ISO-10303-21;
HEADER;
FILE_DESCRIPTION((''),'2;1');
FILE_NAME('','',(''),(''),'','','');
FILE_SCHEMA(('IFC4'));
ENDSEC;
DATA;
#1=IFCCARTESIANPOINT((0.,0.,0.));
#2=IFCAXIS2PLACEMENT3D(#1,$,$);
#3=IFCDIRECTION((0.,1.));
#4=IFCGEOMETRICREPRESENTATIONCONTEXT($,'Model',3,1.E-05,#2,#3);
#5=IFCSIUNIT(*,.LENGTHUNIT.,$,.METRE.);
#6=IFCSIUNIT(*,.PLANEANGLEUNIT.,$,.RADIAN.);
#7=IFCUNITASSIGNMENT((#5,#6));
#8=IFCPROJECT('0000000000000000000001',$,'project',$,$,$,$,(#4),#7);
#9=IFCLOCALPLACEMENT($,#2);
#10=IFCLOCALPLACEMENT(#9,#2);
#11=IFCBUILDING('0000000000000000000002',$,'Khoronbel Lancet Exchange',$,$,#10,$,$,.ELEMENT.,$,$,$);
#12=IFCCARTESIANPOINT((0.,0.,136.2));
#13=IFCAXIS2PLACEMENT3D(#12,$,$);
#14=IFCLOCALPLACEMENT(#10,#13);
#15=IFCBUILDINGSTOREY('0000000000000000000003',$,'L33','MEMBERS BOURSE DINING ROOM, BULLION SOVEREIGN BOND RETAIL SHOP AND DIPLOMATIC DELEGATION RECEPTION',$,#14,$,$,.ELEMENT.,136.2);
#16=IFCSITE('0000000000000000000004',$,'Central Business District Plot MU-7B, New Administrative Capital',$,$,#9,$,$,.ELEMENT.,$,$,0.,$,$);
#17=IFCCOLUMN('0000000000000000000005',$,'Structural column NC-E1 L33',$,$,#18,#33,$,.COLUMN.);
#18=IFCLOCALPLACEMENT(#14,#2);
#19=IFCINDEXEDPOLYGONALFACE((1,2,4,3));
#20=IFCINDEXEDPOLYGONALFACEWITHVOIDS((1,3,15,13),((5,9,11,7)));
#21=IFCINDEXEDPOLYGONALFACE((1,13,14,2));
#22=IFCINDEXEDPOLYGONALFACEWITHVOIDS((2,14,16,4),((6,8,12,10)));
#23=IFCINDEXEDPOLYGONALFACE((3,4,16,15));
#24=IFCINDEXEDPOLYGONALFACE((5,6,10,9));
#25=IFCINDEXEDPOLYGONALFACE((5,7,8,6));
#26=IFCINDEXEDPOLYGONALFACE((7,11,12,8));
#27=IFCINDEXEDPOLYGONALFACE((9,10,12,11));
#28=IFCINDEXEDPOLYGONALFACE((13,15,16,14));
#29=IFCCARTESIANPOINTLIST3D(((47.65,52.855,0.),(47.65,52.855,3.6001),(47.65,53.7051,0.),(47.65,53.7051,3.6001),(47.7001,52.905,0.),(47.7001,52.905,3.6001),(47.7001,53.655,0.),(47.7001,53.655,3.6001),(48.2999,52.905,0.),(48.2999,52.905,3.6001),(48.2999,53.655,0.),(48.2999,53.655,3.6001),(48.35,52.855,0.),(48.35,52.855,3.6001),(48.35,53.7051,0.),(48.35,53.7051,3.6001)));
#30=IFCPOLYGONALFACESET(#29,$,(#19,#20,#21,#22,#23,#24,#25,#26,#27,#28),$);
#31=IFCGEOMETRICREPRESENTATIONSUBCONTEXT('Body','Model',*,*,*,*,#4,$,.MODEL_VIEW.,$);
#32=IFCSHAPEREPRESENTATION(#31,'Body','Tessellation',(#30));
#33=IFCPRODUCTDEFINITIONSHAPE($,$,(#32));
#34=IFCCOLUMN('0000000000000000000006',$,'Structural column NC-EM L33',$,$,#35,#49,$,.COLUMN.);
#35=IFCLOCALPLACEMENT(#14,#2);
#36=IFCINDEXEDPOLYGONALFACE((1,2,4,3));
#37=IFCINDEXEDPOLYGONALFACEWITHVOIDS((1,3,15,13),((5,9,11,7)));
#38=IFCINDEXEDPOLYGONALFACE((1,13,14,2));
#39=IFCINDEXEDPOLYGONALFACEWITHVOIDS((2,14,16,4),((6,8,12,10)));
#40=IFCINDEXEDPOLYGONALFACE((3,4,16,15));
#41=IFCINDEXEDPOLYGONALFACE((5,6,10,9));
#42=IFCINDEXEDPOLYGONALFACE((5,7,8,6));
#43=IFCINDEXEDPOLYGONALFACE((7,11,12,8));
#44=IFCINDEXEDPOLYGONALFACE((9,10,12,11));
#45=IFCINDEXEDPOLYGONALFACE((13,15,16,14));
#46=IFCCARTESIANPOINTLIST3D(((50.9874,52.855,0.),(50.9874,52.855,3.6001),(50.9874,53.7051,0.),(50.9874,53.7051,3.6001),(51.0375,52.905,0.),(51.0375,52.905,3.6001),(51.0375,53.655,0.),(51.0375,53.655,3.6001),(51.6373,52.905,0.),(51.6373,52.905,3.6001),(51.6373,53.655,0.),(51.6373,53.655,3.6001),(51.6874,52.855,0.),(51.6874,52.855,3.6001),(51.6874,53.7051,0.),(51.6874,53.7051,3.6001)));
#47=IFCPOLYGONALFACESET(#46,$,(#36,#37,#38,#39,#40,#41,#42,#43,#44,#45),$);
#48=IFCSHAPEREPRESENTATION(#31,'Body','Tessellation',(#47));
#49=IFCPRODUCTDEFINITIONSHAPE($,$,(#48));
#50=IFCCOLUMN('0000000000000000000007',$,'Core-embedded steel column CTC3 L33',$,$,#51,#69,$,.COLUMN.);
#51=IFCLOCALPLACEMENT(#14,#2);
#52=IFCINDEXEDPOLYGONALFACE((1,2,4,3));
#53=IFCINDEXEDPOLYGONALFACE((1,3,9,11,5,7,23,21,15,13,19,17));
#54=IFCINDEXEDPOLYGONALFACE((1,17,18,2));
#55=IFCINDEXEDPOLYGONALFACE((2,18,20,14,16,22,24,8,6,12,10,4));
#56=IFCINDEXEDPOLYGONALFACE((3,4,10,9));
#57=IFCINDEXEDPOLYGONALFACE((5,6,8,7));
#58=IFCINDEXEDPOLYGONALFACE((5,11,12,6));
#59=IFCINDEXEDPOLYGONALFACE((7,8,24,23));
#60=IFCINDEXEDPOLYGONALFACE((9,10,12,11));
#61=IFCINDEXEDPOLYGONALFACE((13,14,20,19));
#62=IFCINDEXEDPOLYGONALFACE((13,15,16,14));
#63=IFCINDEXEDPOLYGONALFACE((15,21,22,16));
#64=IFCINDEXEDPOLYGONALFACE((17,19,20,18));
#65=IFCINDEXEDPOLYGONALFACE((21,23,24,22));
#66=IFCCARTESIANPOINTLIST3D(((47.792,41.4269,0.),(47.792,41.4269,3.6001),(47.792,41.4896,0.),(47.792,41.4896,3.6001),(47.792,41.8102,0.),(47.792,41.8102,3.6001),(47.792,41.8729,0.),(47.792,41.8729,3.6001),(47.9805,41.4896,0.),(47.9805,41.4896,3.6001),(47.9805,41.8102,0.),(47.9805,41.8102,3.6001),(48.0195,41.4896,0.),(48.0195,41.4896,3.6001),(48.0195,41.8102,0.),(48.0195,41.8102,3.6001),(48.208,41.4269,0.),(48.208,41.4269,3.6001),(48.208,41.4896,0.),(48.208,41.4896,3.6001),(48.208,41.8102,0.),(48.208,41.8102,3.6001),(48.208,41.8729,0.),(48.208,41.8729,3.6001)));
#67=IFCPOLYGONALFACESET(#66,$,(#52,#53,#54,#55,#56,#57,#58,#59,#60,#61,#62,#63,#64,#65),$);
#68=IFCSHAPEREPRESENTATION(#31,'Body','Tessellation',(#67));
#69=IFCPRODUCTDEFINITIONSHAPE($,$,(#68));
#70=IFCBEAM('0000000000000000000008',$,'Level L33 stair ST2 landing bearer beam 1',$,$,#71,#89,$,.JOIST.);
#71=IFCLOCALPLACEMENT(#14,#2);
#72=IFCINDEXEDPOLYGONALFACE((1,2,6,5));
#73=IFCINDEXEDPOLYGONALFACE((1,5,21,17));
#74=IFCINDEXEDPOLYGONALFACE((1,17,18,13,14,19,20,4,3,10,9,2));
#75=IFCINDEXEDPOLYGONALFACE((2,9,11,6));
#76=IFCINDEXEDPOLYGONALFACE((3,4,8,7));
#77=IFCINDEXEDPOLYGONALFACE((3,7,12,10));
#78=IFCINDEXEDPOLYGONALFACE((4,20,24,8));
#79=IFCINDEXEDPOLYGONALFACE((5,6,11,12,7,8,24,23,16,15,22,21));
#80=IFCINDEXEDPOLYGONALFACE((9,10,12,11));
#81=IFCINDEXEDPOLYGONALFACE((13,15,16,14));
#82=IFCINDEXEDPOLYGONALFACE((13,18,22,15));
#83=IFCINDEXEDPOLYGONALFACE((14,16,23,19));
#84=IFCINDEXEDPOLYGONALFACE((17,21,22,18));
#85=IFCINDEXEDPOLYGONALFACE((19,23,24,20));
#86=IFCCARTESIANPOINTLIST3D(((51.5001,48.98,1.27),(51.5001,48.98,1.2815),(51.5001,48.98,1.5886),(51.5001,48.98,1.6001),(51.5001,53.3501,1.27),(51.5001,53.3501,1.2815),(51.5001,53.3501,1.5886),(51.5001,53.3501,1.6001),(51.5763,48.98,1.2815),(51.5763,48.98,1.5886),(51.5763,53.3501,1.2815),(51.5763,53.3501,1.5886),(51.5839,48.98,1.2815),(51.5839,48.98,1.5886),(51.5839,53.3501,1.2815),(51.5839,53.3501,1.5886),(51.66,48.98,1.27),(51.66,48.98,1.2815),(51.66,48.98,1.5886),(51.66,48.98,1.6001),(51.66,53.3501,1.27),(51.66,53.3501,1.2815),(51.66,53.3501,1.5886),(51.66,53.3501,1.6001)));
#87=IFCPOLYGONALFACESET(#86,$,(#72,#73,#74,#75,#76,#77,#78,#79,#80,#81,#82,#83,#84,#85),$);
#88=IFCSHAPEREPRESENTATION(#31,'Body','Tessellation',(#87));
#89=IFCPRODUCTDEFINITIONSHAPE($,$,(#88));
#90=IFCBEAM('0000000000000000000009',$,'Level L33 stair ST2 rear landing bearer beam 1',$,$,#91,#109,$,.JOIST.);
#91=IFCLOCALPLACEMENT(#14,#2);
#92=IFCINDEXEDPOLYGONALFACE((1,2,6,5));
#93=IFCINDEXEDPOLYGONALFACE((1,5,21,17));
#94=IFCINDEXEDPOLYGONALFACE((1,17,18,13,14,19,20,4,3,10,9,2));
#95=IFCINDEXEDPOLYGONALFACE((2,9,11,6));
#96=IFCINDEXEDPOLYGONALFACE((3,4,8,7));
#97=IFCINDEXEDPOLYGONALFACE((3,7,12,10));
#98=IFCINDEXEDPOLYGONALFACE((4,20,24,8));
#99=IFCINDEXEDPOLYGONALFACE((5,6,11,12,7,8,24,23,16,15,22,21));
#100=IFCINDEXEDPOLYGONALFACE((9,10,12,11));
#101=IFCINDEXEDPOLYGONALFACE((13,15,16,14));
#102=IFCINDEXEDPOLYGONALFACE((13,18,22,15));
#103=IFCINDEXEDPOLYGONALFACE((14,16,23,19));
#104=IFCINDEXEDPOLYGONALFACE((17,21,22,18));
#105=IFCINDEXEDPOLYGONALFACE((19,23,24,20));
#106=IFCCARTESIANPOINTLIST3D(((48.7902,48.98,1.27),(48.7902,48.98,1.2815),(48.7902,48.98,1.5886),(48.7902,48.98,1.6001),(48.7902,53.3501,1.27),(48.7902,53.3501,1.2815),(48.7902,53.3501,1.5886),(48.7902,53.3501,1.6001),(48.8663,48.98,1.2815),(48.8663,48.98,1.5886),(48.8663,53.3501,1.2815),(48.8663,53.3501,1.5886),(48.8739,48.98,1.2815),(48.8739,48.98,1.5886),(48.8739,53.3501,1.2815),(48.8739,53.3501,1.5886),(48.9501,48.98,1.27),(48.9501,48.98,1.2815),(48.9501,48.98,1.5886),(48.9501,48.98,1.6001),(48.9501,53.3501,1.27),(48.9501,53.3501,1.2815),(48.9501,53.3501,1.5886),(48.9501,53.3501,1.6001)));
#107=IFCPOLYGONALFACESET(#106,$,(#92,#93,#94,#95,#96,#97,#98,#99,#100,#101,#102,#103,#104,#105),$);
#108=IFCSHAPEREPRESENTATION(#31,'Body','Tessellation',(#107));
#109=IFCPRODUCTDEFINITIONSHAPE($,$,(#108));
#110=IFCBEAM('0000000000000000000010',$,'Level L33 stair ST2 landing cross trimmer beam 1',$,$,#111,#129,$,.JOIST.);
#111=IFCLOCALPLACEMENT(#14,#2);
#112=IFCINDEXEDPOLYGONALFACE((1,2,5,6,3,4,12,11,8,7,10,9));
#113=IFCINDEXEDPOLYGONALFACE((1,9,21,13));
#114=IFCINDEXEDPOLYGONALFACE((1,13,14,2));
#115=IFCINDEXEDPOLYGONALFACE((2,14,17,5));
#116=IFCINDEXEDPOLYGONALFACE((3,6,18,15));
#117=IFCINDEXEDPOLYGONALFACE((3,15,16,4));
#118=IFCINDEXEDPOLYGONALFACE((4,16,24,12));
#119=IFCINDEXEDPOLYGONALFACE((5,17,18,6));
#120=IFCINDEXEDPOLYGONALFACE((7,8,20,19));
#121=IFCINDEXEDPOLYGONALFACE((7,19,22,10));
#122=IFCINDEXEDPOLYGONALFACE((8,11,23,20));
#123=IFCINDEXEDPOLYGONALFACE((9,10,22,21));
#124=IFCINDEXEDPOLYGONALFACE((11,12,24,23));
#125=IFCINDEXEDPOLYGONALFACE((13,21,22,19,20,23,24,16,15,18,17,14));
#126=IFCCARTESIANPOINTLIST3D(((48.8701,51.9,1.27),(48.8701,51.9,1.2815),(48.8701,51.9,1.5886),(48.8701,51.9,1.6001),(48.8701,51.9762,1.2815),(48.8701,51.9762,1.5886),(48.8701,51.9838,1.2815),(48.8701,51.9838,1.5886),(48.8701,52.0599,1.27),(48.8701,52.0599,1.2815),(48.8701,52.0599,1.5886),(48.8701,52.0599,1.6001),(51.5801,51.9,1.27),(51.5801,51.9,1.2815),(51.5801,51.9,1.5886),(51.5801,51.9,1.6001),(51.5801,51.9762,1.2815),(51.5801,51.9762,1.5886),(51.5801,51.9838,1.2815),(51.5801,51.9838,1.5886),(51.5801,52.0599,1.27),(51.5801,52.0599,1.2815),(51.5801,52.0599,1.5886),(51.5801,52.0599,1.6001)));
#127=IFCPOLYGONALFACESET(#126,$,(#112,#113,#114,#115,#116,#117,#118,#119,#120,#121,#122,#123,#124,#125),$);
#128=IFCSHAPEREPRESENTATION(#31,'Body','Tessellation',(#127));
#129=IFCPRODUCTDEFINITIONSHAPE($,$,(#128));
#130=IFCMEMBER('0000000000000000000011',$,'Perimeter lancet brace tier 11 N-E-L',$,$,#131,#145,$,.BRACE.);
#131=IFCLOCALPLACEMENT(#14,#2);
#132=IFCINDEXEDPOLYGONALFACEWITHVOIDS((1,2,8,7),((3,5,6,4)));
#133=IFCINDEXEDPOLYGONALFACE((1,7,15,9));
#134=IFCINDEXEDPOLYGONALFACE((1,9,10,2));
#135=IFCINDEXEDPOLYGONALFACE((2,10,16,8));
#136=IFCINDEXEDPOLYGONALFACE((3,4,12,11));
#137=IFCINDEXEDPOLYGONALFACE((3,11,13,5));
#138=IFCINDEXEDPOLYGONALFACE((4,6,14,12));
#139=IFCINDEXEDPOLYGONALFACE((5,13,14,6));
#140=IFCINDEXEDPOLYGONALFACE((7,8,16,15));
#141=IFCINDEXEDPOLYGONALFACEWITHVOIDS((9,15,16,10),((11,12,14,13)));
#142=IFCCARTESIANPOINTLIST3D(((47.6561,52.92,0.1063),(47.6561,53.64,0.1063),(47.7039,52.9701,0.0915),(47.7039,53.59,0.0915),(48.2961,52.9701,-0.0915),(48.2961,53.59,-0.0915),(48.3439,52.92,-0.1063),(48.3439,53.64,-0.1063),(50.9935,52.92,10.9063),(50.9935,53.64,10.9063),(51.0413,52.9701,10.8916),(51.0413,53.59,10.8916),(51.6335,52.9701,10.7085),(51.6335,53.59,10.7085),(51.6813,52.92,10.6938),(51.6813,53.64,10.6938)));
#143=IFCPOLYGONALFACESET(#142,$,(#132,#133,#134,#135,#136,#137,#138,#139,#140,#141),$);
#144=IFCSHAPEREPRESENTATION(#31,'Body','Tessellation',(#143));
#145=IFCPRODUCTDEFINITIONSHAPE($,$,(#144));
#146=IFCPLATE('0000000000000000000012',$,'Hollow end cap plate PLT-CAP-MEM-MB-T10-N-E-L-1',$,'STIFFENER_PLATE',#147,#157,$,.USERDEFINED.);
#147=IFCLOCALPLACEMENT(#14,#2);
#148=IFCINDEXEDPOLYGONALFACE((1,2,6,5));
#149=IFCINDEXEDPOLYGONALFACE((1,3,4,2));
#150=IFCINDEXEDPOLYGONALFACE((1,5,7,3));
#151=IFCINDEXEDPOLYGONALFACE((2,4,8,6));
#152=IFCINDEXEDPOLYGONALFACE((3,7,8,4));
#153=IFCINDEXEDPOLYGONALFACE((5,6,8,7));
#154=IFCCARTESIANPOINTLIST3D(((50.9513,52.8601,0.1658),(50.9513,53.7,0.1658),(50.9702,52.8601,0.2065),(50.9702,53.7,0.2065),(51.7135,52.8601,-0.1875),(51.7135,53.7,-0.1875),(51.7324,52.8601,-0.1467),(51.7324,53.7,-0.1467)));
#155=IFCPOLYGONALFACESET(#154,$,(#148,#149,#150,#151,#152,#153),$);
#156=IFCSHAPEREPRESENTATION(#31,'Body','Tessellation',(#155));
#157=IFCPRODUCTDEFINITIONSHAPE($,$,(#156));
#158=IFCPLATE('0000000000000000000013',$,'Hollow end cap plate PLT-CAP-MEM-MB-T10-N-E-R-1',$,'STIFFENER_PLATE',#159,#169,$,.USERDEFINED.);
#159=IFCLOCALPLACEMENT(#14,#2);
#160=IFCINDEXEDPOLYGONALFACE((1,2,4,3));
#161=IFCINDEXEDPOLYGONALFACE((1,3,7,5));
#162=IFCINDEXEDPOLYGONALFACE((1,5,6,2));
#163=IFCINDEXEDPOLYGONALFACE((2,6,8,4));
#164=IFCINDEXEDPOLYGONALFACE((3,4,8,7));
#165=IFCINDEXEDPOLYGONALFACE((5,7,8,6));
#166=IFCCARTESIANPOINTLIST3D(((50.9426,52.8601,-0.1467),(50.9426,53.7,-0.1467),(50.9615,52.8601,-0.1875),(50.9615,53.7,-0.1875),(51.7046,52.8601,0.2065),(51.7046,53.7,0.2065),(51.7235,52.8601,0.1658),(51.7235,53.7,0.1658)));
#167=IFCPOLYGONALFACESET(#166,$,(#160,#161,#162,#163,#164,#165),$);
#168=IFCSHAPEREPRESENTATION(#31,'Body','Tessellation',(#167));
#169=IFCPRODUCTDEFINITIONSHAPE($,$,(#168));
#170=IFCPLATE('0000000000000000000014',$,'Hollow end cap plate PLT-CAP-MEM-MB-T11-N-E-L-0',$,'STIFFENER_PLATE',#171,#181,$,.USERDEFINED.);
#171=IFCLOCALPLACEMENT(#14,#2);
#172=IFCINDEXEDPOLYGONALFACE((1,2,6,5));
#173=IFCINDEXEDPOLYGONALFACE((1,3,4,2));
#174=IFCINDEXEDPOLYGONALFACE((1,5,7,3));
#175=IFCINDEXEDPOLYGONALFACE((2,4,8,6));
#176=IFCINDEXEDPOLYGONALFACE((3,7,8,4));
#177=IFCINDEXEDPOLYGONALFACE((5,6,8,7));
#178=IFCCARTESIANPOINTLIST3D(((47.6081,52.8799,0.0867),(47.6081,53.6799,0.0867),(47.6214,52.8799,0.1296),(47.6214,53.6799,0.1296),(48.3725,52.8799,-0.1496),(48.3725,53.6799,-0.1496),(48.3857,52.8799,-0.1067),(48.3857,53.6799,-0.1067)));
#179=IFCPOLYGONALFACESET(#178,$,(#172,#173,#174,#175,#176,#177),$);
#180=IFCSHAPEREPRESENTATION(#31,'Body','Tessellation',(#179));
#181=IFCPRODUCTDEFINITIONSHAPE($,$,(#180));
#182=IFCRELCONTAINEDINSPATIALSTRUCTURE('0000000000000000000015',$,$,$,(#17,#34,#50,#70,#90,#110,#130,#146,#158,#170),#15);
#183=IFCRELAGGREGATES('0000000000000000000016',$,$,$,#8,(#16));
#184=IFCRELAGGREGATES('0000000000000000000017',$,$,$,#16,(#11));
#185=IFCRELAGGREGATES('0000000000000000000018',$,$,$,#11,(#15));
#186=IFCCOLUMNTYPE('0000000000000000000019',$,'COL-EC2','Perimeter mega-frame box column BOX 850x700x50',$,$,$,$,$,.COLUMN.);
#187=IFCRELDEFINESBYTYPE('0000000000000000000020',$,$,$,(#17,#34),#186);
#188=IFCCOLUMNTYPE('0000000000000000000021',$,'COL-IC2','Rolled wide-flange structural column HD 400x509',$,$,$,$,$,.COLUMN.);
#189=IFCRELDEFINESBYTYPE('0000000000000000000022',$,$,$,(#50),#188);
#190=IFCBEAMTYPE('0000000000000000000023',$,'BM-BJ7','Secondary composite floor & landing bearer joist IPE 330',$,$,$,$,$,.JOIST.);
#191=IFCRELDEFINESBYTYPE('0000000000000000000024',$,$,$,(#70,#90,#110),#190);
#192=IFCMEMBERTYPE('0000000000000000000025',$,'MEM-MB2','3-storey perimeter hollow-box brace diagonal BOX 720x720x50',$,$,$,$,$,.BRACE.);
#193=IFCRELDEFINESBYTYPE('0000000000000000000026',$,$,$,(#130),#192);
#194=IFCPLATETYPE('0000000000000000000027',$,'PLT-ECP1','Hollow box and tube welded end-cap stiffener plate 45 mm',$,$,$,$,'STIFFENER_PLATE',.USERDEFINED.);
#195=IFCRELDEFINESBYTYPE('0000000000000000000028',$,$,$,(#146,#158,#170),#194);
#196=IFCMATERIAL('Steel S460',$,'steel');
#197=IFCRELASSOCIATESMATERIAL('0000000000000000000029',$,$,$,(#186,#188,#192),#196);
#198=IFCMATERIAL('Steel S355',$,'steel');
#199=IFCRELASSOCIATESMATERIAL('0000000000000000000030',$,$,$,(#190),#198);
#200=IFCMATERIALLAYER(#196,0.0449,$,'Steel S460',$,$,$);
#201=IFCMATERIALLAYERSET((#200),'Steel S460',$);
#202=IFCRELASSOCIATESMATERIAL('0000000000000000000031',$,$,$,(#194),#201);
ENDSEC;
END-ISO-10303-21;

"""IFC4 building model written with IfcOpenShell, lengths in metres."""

from ifc_helpers import new_model, si_unit, direction, frame, origin, origin_2d, place, context, subcontext, project, spatial, polyline, hollow_rectangle, i_section, outline, extrude, material, layer, layer_set, material_profile, profile_set, type_object, element, save


model = new_model("IFC4")

# Units and contexts
model_context = context("Model", 3, precision=1e-05, world=origin(), true_north=direction((0.0, 1.0)))
body_context = subcontext(model_context, "Body", "Model", "MODEL_VIEW")
ifc_project = project(units=[si_unit("LENGTHUNIT", "METRE"), si_unit("PLANEANGLEUNIT", "RADIAN")], contexts=[model_context])

# Site, building, storey
site_placement = place(None, origin())
site = spatial("IfcSite", under=ifc_project, at=site_placement, Name="Central Business District Plot MU-7B, New Administrative Capital", CompositionType="ELEMENT", RefElevation=0.0)
building_placement = place(site_placement, origin())
building = spatial("IfcBuilding", under=site, at=building_placement, Name="Khoronbel Lancet Exchange", CompositionType="ELEMENT")
storey_placement = place(building_placement, frame((0.0, 0.0, 136.2)))
storey = spatial("IfcBuildingStorey", under=building, at=storey_placement, Name="L33", Description="MEMBERS BOURSE DINING ROOM, BULLION SOVEREIGN BOND RETAIL SHOP AND DIPLOMATIC DELEGATION RECEPTION", CompositionType="ELEMENT", Elevation=136.2)

# Columns
ifc_material_1 = material(Name="Steel S460", Category="steel")
ifc_material_profile_1 = material_profile(ifc_material_1, hollow_rectangle(XDim=0.7, YDim=0.8501, WallThickness=0.05, at=origin_2d()), Name="BOX 850x700x50")
ifc_profile_set_1 = profile_set([ifc_material_profile_1], Name="Steel S460")
column_type_1 = type_object("IfcColumnType", Name="COL-EC2", Description="Perimeter mega-frame box column BOX 850x700x50", PredefinedType="COLUMN", material=ifc_profile_set_1)
for number, where, z_axis, x_axis, name in (
    (1, (48.0, 53.28, 0.0), (0.0, 0.0, 1.0), (1.0, 0.0, 0.0), "Structural column NC-E1 L33"),
    (2, (51.3374, 53.28, 0.0), (0.0, 0.0, 1.0), (1.0, 0.0, 0.0), "Structural column NC-EM L33"),
):
    element("IfcColumn", number, at=place(storey_placement, frame(where, z_axis=z_axis, x_axis=x_axis)), inside=storey, type_object=column_type_1, Name=name, PredefinedType="COLUMN", context=body_context, shape_type="SweptSolid", body=[
        extrude(hollow_rectangle(XDim=0.7, YDim=0.8501, WallThickness=0.05, at=origin_2d()), origin(), (0.0, 0.0, 1.0), 3.6001),
    ])
ifc_material_profile_2 = material_profile(ifc_material_1, i_section(OverallWidth=0.416, OverallDepth=0.446, WebThickness=0.0391, FlangeThickness=0.0627, at=origin_2d()), Name="HD 400x509")
ifc_profile_set_2 = profile_set([ifc_material_profile_2], Name="Steel S460")
column_type_2 = type_object("IfcColumnType", Name="COL-IC2", Description="Rolled wide-flange structural column HD 400x509", PredefinedType="COLUMN", material=ifc_profile_set_2)
column_placement = place(storey_placement, frame((48.0, 41.6499, 0.0), z_axis=(0.0, 0.0, 1.0), x_axis=(1.0, 0.0, 0.0)))
element("IfcColumn", 3, at=column_placement, inside=storey, type_object=column_type_2, Name="Core-embedded steel column CTC3 L33", PredefinedType="COLUMN", context=body_context, shape_type="SweptSolid", body=[
    extrude(i_section(OverallWidth=0.416, OverallDepth=0.446, WebThickness=0.0391, FlangeThickness=0.0627, at=origin_2d()), origin(), (0.0, 0.0, 1.0), 3.6001),
])

# Beams
ifc_material_2 = material(Name="Steel S355", Category="steel")
ifc_material_profile_3 = material_profile(ifc_material_2, i_section(OverallWidth=0.1599, OverallDepth=0.3301, WebThickness=0.0076, FlangeThickness=0.0115, at=origin_2d()), Name="IPE 330")
ifc_profile_set_3 = profile_set([ifc_material_profile_3], Name="Steel S355")
beam_type = type_object("IfcBeamType", Name="BM-BJ7", Description="Secondary composite floor & landing bearer joist IPE 330", PredefinedType="JOIST", material=ifc_profile_set_3)
for number, where, z_axis, x_axis, name in (
    (4, (51.5801, 48.98, 1.4351), (0.0, 1.0, 0.0), (-1.0, 0.0, 0.0), "Level L33 stair ST2 landing bearer beam 1"),
    (5, (48.8701, 48.98, 1.4351), (0.0, 1.0, 0.0), (-1.0, 0.0, 0.0), "Level L33 stair ST2 rear landing bearer beam 1"),
):
    element("IfcBeam", number, at=place(storey_placement, frame(where, z_axis=z_axis, x_axis=x_axis)), inside=storey, type_object=beam_type, Name=name, PredefinedType="JOIST", context=body_context, shape_type="SweptSolid", body=[
        extrude(i_section(OverallWidth=0.1599, OverallDepth=0.3301, WebThickness=0.0076, FlangeThickness=0.0115, at=origin_2d()), origin(), (0.0, 0.0, 1.0), 4.3701),
    ])
beam_placement = place(storey_placement, frame((48.8701, 51.98, 1.4351), z_axis=(1.0, 0.0, 0.0), x_axis=(0.0, 1.0, 0.0)))
element("IfcBeam", 6, at=beam_placement, inside=storey, type_object=beam_type, Name="Level L33 stair ST2 landing cross trimmer beam 1", PredefinedType="JOIST", context=body_context, shape_type="SweptSolid", body=[
    extrude(i_section(OverallWidth=0.1599, OverallDepth=0.3301, WebThickness=0.0076, FlangeThickness=0.0115, at=origin_2d()), origin(), (0.0, 0.0, 1.0), 2.71),
])

# Member
ifc_material_profile_4 = material_profile(ifc_material_1, hollow_rectangle(XDim=0.72, YDim=0.72, WallThickness=0.05, at=origin_2d()), Name="BOX 720x720x50")
ifc_profile_set_4 = profile_set([ifc_material_profile_4], Name="Steel S460")
member_type = type_object("IfcMemberType", Name="MEM-MB2", Description="3-storey perimeter hollow-box brace diagonal BOX 720x720x50", PredefinedType="BRACE", material=ifc_profile_set_4)
member_placement = place(storey_placement, frame((48.0, 53.28, 0.0), z_axis=(0.295242, 0.0, 0.955422), x_axis=(0.0, 1.0, 0.0)))
element("IfcMember", 7, at=member_placement, inside=storey, type_object=member_type, Name="Perimeter lancet brace tier 11 N-E-L", PredefinedType="BRACE", context=body_context, shape_type="SweptSolid", body=[
    extrude(hollow_rectangle(XDim=0.72, YDim=0.72, WallThickness=0.05, at=origin_2d()), origin(), (0.0, 0.0, 1.0), 11.304),
])

# Plates
ifc_layer_1 = layer(ifc_material_1, 0.0449, Name="Steel S460")
ifc_layer_set_1 = layer_set([ifc_layer_1], Name="Steel S460")
plate_type = type_object("IfcPlateType", Name="PLT-ECP1", Description="Hollow box and tube welded end-cap stiffener plate 45 mm", ElementType="STIFFENER_PLATE", PredefinedType="USERDEFINED", material=ifc_layer_set_1)
plate_1_placement = place(storey_placement, frame((51.7324, 52.8601, -0.1467), z_axis=(0.420514, 0.0, 0.907286), x_axis=(0.0, 1.0, 0.0)))
element("IfcPlate", 8, at=plate_1_placement, inside=storey, type_object=plate_type, Name="Hollow end cap plate PLT-CAP-MEM-MB-T10-N-E-L-1", ObjectType="STIFFENER_PLATE", PredefinedType="USERDEFINED", context=body_context, shape_type="SweptSolid", body=[
    extrude(outline(polyline([(0.0, 0.0), (0.8398, 0.0), (0.8398, 0.8401), (0.0, 0.8401), (0.0, 0.0)])), origin(), (0.0, 0.0, -1.0), 0.0449),
])
plate_2_placement = place(storey_placement, frame((50.9426, 53.7, -0.1467), z_axis=(-0.420624, 0.0, 0.907235), x_axis=(0.0, -1.0, 0.0)))
element("IfcPlate", 9, at=plate_2_placement, inside=storey, type_object=plate_type, Name="Hollow end cap plate PLT-CAP-MEM-MB-T10-N-E-R-1", ObjectType="STIFFENER_PLATE", PredefinedType="USERDEFINED", context=body_context, shape_type="SweptSolid", body=[
    extrude(outline(polyline([(0.0, 0.0), (0.8398, 0.0), (0.8398, 0.8398), (0.0, 0.8398), (0.0, 0.0)])), origin(), (0.0, 0.0, -1.0), 0.0449),
])
plate_3_placement = place(storey_placement, frame((48.3857, 52.8799, -0.1067), z_axis=(0.295372, 0.0, 0.955382), x_axis=(0.0, 1.0, 0.0)))
element("IfcPlate", 10, at=plate_3_placement, inside=storey, type_object=plate_type, Name="Hollow end cap plate PLT-CAP-MEM-MB-T11-N-E-L-0", ObjectType="STIFFENER_PLATE", PredefinedType="USERDEFINED", context=body_context, shape_type="SweptSolid", body=[
    extrude(outline(polyline([(0.0, 0.0), (0.8, 0.0), (0.8, 0.8), (0.0, 0.8), (0.0, 0.0)])), origin(), (0.0, 0.0, -1.0), 0.0449),
])

save(model, "model.ifc")
